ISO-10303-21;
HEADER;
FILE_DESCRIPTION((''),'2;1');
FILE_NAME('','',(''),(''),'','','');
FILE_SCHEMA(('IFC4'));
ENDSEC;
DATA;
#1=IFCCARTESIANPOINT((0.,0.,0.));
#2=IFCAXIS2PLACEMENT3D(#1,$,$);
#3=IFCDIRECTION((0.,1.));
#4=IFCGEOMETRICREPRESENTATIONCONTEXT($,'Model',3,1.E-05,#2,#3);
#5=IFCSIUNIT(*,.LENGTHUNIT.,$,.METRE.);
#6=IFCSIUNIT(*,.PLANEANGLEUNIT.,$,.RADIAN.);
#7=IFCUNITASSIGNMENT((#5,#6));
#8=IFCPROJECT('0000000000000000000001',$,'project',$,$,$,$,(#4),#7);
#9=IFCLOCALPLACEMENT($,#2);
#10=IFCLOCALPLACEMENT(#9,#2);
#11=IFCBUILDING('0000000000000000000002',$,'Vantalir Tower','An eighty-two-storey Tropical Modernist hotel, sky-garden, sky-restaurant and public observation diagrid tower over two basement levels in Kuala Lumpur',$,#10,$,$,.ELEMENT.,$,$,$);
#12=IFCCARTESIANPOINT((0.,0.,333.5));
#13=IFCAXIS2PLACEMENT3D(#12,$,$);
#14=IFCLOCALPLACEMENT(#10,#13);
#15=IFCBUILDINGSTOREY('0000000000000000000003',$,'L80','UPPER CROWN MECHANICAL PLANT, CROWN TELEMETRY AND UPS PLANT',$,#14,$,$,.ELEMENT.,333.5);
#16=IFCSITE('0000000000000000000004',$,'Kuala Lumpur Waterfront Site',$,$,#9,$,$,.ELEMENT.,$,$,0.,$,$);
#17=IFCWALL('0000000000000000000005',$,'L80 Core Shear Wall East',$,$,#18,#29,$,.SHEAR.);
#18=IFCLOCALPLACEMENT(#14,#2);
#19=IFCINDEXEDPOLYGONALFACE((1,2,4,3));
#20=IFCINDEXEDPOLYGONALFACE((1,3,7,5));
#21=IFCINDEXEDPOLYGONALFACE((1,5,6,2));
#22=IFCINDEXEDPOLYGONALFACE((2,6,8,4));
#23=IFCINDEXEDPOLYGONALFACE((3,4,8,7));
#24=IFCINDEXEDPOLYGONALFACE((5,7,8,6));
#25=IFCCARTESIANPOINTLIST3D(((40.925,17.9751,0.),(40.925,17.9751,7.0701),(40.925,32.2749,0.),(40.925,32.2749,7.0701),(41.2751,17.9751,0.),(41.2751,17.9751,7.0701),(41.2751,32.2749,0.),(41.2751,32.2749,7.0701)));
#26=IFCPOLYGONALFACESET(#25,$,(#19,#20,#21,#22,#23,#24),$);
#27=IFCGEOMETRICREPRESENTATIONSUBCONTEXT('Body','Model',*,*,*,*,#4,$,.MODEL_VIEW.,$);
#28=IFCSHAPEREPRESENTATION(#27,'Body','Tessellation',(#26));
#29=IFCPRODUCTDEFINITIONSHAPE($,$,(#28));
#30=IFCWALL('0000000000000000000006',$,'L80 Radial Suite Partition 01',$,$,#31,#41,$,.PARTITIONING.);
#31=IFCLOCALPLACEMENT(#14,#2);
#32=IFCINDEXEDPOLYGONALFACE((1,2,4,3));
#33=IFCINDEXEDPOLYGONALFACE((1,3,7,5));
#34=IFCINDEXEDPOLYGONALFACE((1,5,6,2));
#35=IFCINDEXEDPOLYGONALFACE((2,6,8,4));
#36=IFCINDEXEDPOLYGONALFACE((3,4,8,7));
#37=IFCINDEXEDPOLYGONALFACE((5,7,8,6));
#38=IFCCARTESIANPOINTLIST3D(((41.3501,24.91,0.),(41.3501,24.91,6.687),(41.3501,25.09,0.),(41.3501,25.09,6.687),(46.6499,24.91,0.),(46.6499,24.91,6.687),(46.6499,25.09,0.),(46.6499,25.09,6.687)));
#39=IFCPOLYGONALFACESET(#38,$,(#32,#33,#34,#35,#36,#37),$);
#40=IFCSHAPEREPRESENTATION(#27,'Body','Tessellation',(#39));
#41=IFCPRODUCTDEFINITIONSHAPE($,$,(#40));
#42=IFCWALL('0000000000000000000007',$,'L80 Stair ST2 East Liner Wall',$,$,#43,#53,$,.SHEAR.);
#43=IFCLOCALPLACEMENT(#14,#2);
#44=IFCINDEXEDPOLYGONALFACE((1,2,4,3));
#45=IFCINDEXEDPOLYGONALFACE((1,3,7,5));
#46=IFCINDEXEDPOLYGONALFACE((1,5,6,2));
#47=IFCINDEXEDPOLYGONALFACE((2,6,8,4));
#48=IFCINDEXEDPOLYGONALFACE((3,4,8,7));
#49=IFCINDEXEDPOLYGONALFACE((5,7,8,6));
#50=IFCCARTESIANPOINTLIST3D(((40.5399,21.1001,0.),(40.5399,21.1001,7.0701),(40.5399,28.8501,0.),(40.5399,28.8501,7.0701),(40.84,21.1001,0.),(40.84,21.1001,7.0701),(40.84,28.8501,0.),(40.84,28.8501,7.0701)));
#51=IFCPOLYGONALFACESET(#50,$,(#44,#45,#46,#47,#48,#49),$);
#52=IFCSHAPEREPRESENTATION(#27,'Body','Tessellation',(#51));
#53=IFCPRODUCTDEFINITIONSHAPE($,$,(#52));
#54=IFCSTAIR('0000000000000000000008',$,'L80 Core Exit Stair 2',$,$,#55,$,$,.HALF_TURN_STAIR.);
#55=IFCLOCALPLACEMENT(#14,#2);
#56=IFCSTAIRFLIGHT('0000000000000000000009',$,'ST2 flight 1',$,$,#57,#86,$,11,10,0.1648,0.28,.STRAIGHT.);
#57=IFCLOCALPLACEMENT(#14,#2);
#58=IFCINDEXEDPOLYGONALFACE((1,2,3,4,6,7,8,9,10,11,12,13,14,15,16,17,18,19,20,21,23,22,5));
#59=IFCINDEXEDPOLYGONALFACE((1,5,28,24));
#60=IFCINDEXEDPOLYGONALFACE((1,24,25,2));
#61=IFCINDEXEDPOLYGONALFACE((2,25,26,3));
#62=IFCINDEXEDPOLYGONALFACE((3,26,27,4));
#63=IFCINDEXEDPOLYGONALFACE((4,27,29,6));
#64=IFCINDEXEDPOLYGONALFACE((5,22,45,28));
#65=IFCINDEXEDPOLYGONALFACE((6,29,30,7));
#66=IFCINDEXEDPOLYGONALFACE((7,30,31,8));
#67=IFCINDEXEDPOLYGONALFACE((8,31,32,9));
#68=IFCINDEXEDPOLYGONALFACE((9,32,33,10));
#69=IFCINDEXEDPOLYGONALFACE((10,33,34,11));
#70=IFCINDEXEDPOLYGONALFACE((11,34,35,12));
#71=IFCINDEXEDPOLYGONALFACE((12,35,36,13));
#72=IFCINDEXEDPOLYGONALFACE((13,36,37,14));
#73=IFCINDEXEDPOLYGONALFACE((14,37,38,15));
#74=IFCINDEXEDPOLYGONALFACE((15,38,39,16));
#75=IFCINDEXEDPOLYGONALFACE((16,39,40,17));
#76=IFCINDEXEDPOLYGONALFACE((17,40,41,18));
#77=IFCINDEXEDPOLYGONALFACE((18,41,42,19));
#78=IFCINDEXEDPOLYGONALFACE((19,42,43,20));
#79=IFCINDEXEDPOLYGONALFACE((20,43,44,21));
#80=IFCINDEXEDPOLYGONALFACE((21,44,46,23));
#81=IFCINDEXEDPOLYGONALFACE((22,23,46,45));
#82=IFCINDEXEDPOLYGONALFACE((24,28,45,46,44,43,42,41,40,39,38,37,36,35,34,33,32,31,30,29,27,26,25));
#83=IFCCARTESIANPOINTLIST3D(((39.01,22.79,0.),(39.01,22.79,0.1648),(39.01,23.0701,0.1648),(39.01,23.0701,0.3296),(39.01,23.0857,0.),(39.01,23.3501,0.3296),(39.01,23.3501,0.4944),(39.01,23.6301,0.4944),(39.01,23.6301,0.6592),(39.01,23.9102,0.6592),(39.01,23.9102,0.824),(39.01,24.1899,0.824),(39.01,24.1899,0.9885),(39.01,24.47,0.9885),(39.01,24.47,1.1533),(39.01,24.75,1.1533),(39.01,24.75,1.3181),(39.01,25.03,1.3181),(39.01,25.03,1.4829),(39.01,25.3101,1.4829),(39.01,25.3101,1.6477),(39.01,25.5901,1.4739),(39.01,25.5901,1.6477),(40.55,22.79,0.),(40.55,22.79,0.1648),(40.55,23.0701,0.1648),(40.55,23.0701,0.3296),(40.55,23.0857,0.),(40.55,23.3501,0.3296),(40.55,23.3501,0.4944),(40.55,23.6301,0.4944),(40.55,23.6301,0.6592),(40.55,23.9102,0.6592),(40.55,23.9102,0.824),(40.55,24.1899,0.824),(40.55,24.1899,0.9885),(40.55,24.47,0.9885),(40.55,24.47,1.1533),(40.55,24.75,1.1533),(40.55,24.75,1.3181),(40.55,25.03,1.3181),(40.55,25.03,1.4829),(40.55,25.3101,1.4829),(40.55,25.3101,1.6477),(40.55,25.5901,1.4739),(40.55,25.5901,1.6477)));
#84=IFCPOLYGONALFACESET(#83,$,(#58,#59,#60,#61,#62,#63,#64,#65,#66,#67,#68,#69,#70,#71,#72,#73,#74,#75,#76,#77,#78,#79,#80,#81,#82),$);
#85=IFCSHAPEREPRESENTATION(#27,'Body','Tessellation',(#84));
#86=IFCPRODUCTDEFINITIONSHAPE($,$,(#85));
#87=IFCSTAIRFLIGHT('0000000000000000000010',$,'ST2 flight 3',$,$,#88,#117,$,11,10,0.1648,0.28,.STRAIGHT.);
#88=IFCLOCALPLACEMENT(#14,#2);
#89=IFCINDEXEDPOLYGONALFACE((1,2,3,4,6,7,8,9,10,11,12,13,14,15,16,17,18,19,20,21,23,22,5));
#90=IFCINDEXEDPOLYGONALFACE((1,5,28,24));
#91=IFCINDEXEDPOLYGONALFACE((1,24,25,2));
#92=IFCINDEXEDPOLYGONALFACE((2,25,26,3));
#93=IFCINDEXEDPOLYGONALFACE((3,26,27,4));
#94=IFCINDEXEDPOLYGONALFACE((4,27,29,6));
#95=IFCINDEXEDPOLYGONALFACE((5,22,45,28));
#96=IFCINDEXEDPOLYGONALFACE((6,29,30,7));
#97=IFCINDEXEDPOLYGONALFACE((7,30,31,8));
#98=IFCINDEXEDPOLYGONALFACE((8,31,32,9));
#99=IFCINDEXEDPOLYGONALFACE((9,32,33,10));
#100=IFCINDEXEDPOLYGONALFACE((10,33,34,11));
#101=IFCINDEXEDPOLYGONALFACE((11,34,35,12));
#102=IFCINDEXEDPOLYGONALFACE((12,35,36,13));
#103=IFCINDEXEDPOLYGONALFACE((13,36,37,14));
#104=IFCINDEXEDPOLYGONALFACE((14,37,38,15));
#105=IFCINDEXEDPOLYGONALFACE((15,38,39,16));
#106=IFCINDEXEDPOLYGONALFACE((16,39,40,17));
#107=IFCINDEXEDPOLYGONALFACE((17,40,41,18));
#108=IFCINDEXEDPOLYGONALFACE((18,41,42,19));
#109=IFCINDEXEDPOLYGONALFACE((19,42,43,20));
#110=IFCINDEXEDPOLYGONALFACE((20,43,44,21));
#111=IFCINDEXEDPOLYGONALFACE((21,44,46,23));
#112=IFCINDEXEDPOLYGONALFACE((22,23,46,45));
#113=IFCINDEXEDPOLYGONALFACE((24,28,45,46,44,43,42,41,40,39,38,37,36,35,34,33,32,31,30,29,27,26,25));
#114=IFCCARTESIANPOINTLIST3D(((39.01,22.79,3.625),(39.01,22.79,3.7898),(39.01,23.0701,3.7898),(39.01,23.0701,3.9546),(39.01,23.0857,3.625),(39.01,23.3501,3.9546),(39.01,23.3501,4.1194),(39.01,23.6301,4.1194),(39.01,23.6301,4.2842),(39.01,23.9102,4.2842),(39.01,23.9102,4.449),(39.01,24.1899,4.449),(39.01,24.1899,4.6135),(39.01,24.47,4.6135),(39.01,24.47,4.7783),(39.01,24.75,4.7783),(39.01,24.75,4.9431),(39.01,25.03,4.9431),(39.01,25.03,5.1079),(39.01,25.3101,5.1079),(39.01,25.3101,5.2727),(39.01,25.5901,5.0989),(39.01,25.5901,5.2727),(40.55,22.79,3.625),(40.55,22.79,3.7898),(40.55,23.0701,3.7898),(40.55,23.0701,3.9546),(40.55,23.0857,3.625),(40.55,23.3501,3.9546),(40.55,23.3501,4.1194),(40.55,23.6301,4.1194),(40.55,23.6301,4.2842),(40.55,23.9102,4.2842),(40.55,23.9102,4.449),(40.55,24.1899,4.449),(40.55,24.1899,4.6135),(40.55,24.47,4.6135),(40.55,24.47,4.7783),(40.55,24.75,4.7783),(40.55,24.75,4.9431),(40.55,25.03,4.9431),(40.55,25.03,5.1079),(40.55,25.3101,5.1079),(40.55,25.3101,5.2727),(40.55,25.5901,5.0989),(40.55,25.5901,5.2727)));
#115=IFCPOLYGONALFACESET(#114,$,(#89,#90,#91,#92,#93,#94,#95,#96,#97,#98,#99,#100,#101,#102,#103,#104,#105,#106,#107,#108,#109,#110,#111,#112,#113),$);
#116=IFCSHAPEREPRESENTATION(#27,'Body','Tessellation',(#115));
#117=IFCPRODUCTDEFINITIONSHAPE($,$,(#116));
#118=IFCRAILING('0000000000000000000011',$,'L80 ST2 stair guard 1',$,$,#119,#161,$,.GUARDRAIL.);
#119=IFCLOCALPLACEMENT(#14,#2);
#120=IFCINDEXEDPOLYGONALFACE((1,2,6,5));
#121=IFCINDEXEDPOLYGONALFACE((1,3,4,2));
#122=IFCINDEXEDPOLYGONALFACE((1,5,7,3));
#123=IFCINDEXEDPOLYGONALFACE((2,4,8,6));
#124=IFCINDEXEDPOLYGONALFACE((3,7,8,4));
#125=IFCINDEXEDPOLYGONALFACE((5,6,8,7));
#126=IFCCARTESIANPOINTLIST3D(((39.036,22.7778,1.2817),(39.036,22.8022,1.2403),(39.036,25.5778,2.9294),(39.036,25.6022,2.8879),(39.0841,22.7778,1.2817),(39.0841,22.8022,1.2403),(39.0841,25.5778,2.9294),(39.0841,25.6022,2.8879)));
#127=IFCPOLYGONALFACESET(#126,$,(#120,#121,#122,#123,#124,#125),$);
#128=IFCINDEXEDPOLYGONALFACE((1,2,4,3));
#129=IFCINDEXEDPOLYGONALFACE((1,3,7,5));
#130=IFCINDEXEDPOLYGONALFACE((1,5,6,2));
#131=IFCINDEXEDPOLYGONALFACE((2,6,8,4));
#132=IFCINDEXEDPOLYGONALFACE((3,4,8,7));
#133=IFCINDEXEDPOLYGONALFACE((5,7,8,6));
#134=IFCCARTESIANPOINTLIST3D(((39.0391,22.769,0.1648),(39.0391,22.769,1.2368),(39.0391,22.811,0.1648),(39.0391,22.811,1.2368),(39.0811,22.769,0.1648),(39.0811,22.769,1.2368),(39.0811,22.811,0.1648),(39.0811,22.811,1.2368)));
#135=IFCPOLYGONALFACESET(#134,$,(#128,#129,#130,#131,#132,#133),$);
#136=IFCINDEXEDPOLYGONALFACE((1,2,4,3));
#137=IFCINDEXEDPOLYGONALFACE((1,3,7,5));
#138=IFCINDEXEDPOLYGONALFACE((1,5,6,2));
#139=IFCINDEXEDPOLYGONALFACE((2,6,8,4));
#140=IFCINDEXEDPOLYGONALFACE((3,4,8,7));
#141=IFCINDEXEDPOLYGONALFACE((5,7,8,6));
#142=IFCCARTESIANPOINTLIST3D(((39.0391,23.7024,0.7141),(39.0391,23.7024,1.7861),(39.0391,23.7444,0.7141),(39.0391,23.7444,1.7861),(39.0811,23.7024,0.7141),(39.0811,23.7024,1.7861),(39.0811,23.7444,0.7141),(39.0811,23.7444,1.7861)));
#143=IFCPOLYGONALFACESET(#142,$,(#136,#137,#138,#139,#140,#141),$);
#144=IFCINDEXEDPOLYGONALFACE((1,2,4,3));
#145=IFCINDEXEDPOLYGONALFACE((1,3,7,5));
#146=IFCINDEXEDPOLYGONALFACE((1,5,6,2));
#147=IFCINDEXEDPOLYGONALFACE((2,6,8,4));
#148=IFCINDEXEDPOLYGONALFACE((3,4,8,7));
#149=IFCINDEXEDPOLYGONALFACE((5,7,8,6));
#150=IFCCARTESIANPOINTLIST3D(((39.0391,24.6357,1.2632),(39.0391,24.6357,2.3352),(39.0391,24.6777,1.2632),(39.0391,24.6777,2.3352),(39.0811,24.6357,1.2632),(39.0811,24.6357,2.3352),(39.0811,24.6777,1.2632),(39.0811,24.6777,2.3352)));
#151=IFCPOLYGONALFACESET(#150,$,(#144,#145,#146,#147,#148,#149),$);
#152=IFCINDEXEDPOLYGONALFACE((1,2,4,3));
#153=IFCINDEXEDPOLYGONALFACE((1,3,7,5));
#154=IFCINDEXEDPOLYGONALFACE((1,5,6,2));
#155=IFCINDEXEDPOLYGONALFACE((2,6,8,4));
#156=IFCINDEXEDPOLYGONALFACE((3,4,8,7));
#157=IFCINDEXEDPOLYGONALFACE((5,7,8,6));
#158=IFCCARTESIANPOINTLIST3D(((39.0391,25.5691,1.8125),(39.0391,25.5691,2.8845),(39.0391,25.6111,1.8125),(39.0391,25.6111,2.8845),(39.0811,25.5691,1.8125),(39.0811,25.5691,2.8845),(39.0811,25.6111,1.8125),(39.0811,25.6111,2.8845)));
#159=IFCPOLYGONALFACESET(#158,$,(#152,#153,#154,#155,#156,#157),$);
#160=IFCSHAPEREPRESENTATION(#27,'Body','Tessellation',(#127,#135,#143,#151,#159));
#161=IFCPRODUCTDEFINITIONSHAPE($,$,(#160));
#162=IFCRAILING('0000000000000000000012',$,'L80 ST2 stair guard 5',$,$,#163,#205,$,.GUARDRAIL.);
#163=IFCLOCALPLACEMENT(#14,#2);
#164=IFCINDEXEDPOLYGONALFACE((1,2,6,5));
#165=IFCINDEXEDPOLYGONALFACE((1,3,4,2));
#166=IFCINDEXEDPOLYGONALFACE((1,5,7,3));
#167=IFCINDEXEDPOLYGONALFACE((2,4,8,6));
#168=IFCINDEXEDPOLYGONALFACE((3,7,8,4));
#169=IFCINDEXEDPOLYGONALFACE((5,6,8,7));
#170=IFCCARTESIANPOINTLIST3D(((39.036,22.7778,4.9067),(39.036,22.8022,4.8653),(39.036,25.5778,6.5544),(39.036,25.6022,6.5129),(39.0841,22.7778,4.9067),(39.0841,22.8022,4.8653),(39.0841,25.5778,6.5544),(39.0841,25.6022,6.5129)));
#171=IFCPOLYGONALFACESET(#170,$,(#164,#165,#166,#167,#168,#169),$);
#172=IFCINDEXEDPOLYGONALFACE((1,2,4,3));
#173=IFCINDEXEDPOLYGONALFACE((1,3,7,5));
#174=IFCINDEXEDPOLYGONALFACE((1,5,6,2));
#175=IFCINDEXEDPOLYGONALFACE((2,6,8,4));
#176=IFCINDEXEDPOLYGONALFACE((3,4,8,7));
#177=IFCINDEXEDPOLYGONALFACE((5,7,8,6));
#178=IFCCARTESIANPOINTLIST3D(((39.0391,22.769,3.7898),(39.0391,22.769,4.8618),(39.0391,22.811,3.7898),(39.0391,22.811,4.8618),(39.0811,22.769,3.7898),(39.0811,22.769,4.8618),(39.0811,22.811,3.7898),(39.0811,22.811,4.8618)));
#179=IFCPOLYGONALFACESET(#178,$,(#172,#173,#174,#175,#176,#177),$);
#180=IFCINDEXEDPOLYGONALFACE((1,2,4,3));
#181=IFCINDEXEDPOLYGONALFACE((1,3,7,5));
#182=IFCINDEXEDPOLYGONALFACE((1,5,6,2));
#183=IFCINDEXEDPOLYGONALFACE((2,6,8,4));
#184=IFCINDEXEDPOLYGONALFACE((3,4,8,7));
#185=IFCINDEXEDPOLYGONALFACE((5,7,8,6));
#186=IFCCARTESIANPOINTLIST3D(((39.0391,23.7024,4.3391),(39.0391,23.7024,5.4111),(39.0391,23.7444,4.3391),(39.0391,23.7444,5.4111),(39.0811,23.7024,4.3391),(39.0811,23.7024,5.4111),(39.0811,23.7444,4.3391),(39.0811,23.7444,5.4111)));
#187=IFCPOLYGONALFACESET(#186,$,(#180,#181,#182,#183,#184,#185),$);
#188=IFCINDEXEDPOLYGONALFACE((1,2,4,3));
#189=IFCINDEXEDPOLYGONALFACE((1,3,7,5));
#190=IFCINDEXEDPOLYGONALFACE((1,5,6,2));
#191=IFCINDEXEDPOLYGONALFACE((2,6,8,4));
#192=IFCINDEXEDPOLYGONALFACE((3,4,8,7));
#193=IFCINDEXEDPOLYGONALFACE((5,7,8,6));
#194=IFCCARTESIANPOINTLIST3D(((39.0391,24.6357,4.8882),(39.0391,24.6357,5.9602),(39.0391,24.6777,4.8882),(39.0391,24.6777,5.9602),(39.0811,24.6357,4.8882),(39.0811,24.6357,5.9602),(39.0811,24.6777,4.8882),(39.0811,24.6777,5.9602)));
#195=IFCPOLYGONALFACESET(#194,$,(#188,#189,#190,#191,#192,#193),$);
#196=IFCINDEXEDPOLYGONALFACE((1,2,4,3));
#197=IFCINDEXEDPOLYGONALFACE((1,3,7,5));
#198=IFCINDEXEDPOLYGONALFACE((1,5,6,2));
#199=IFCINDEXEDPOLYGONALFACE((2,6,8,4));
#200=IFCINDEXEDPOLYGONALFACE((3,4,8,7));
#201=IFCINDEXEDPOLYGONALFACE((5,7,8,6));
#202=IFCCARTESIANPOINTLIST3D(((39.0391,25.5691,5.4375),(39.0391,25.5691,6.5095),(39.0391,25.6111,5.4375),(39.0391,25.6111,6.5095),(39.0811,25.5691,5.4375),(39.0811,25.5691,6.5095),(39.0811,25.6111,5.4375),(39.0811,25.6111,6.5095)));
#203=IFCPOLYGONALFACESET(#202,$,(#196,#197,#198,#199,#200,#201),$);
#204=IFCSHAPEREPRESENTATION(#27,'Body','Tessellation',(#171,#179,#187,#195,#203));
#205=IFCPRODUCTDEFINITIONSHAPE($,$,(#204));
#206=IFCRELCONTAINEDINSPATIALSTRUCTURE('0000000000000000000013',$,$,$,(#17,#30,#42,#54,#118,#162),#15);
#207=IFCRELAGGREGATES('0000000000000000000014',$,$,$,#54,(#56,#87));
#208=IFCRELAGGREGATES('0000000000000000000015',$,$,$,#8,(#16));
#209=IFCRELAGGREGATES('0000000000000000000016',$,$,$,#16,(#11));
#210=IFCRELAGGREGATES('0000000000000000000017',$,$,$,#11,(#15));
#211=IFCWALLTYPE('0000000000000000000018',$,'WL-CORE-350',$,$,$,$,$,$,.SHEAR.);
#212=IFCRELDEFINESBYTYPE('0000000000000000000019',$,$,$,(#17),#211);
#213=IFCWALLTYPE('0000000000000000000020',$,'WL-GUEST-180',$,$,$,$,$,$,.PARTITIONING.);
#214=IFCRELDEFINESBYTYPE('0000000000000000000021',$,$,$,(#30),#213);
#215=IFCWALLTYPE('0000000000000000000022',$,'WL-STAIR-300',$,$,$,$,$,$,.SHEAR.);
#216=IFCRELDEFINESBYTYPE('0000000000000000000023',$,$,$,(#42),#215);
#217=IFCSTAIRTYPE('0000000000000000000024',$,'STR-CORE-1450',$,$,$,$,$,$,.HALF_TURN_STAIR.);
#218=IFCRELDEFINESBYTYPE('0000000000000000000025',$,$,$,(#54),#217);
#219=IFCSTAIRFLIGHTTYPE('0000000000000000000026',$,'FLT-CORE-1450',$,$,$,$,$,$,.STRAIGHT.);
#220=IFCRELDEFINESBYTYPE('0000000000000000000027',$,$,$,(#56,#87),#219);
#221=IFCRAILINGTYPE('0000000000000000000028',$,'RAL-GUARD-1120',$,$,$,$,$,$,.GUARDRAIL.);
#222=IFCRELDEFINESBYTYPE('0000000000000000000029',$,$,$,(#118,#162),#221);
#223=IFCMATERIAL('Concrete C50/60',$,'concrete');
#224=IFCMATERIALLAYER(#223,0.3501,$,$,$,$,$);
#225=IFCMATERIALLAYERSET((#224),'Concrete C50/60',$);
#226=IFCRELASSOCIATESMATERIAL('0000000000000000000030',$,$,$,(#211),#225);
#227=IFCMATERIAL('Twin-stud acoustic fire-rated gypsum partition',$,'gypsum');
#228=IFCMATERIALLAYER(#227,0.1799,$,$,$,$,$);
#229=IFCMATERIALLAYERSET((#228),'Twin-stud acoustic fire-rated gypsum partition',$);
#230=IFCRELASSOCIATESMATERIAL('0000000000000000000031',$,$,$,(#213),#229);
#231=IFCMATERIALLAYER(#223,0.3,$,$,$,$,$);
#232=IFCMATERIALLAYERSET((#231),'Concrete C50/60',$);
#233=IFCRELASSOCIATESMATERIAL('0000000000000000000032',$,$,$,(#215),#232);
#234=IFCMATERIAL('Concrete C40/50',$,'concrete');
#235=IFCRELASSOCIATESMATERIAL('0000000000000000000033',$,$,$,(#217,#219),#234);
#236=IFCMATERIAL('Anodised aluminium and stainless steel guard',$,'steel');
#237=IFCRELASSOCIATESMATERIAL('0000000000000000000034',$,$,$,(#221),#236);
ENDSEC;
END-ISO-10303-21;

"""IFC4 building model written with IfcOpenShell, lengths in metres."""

from ifc_helpers import new_model, si_unit, direction, frame, frame_2d, origin, origin_2d, place, context, subcontext, project, spatial, polyline, rectangle, outline, extrude, material, layer, layer_set, type_object, element, aggregate, save


model = new_model("IFC4")

# Units and contexts
model_context = context("Model", 3, precision=1e-05, world=origin(), true_north=direction((0.0, 1.0)))
body_context = subcontext(model_context, "Body", "Model", "MODEL_VIEW")
ifc_project = project(units=[si_unit("LENGTHUNIT", "METRE"), si_unit("PLANEANGLEUNIT", "RADIAN")], contexts=[model_context])

# Site, building, storey
site_placement = place(None, origin())
site = spatial("IfcSite", under=ifc_project, at=site_placement, Name="Kuala Lumpur Waterfront Site", CompositionType="ELEMENT", RefElevation=0.0)
building_placement = place(site_placement, origin())
building = spatial("IfcBuilding", under=site, at=building_placement, Name="Vantalir Tower", Description="An eighty-two-storey Tropical Modernist hotel, sky-garden, sky-restaurant and public observation diagrid tower over two basement levels in Kuala Lumpur", CompositionType="ELEMENT")
storey_placement = place(building_placement, frame((0.0, 0.0, 333.5)))
storey = spatial("IfcBuildingStorey", under=building, at=storey_placement, Name="L80", Description="UPPER CROWN MECHANICAL PLANT, CROWN TELEMETRY AND UPS PLANT", CompositionType="ELEMENT", Elevation=333.5)

# Shared definitions
ifc_material_1 = material(Name="Concrete C50/60", Category="concrete")

# Walls
ifc_layer_1 = layer(ifc_material_1, 0.3501)
ifc_layer_set_1 = layer_set([ifc_layer_1], Name="Concrete C50/60")
wall_type_1 = type_object("IfcWallType", Name="WL-CORE-350", PredefinedType="SHEAR", material=ifc_layer_set_1)
wall_1_placement = place(storey_placement, frame((41.1001, 17.9751, 0.0), z_axis=(0.0, 0.0, 1.0), x_axis=(0.0, 1.0, 0.0)))
element("IfcWall", 1, at=wall_1_placement, inside=storey, type_object=wall_type_1, Name="L80 Core Shear Wall East", PredefinedType="SHEAR", context=body_context, shape_type="SweptSolid", body=[
    extrude(rectangle(XDim=14.2998, YDim=0.3501, at=frame_2d((7.1499, 0.0))), origin(), (0.0, 0.0, 1.0), 7.0701),
])
ifc_material_2 = material(Name="Twin-stud acoustic fire-rated gypsum partition", Category="gypsum")
ifc_layer_2 = layer(ifc_material_2, 0.1799)
ifc_layer_set_2 = layer_set([ifc_layer_2], Name="Twin-stud acoustic fire-rated gypsum partition")
wall_type_2 = type_object("IfcWallType", Name="WL-GUEST-180", PredefinedType="PARTITIONING", material=ifc_layer_set_2)
wall_2_placement = place(storey_placement, frame((41.3501, 25.0, 0.0), z_axis=(0.0, 0.0, 1.0), x_axis=(1.0, 0.0, 0.0)))
element("IfcWall", 2, at=wall_2_placement, inside=storey, type_object=wall_type_2, Name="L80 Radial Suite Partition 01", PredefinedType="PARTITIONING", context=body_context, shape_type="SweptSolid", body=[
    extrude(rectangle(XDim=5.2998, YDim=0.1799, at=frame_2d((2.6499, 0.0))), origin(), (0.0, 0.0, 1.0), 6.687),
])
ifc_layer_3 = layer(ifc_material_1, 0.3)
ifc_layer_set_3 = layer_set([ifc_layer_3], Name="Concrete C50/60")
wall_type_3 = type_object("IfcWallType", Name="WL-STAIR-300", PredefinedType="SHEAR", material=ifc_layer_set_3)
wall_3_placement = place(storey_placement, frame((40.6899, 21.1001, 0.0), z_axis=(0.0, 0.0, 1.0), x_axis=(0.0, 1.0, 0.0)))
element("IfcWall", 3, at=wall_3_placement, inside=storey, type_object=wall_type_3, Name="L80 Stair ST2 East Liner Wall", PredefinedType="SHEAR", context=body_context, shape_type="SweptSolid", body=[
    extrude(rectangle(XDim=7.75, YDim=0.3, at=frame_2d((3.875, 0.0))), origin(), (0.0, 0.0, 1.0), 7.0701),
])

# Stair, stair flights
ifc_material_3 = material(Name="Concrete C40/50", Category="concrete")
stair_type = type_object("IfcStairType", Name="STR-CORE-1450", PredefinedType="HALF_TURN_STAIR", material=ifc_material_3)
stair_placement = place(storey_placement, origin())
stair = element("IfcStair", 4, at=stair_placement, inside=storey, type_object=stair_type, Name="L80 Core Exit Stair 2", PredefinedType="HALF_TURN_STAIR")
stair_flight_type = type_object("IfcStairFlightType", Name="FLT-CORE-1450", PredefinedType="STRAIGHT", material=ifc_material_3)
stair_flight_1_placement = place(storey_placement, frame((39.78, 22.79, 0.0), z_axis=(0.0, 0.0, 1.0), x_axis=(0.0, 1.0, 0.0)))
stair_flight_1 = element("IfcStairFlight", 5, at=stair_flight_1_placement, type_object=stair_flight_type, Name="ST2 flight 1", NumberOfRisers=11, NumberOfTreads=10, PredefinedType="STRAIGHT", RiserHeight=0.1648, TreadLength=0.28, context=body_context, shape_type="SweptSolid", body=[
    extrude(outline(polyline([(0.0, 0.0), (0.0, 0.1648), (0.28, 0.1648), (0.28, 0.3296), (0.5601, 0.3296), (0.5601, 0.4944), (0.8401, 0.4944), (0.8401, 0.6592), (1.1201, 0.6592), (1.1201, 0.824), (1.3999, 0.824), (1.3999, 0.9885), (1.6799, 0.9885), (1.6799, 1.1533), (1.96, 1.1533), (1.96, 1.3181), (2.24, 1.3181), (2.24, 1.4829), (2.52, 1.4829), (2.52, 1.6477), (2.8, 1.6477), (2.8, 1.8125), (2.8, 1.4739), (0.2957, 0.0), (0.0, 0.0)])), frame((0.0, 0.77, 0.0), z_axis=(0.0, -1.0, 0.0), x_axis=(1.0, 0.0, 0.0)), (0.0, 0.0, 1.0), 1.54),
])
stair_flight_2_placement = place(storey_placement, frame((39.78, 22.79, 3.625), z_axis=(0.0, 0.0, 1.0), x_axis=(0.0, 1.0, 0.0)))
stair_flight_2 = element("IfcStairFlight", 6, at=stair_flight_2_placement, type_object=stair_flight_type, Name="ST2 flight 3", NumberOfRisers=11, NumberOfTreads=10, PredefinedType="STRAIGHT", RiserHeight=0.1648, TreadLength=0.28, context=body_context, shape_type="SweptSolid", body=[
    extrude(outline(polyline([(0.0, 0.0), (0.0, 0.1648), (0.28, 0.1648), (0.28, 0.3296), (0.5601, 0.3296), (0.5601, 0.4944), (0.8401, 0.4944), (0.8401, 0.6592), (1.1201, 0.6592), (1.1201, 0.824), (1.3999, 0.824), (1.3999, 0.9885), (1.6799, 0.9885), (1.6799, 1.1533), (1.96, 1.1533), (1.96, 1.3181), (2.24, 1.3181), (2.24, 1.4829), (2.52, 1.4829), (2.52, 1.6477), (2.8, 1.6477), (2.8, 1.8125), (2.8, 1.4739), (0.2957, 0.0), (0.0, 0.0)])), frame((0.0, 0.77, 0.0), z_axis=(0.0, -1.0, 0.0), x_axis=(1.0, 0.0, 0.0)), (0.0, 0.0, 1.0), 1.54),
])
aggregate(stair, [stair_flight_1, stair_flight_2])

# Railings
ifc_material_4 = material(Name="Anodised aluminium and stainless steel guard", Category="steel")
railing_type_1 = type_object("IfcRailingType", Name="RAL-GUARD-1120", PredefinedType="GUARDRAIL", material=ifc_material_4)
for number, where, name in (
    (7, (39.0601, 22.79, 0.1648), "L80 ST2 stair guard 1"),
    (8, (39.0601, 22.79, 3.7898), "L80 ST2 stair guard 5"),
):
    element("IfcRailing", number, at=place(storey_placement, frame(where)), inside=storey, type_object=railing_type_1, Name=name, PredefinedType="GUARDRAIL", context=body_context, shape_type="SweptSolid", body=[
        extrude(rectangle(XDim=0.0481, YDim=0.0481, at=origin_2d()), frame((0.0, 0.0, 1.0962), z_axis=(0.0, 0.861851, 0.507161), x_axis=(-1.0, 0.0, 0.0)), (0.0, 0.0, 1.0), 3.2488),
        extrude(rectangle(XDim=0.042, YDim=0.042, at=origin_2d()), origin(), (0.0, 0.0, 1.0), 1.072),
        extrude(rectangle(XDim=0.042, YDim=0.042, at=origin_2d()), frame((0.0, 0.9333, 0.5493)), (0.0, 0.0, 1.0), 1.072),
        extrude(rectangle(XDim=0.042, YDim=0.042, at=origin_2d()), frame((0.0, 1.8667, 1.0984)), (0.0, 0.0, 1.0), 1.072),
        extrude(rectangle(XDim=0.042, YDim=0.042, at=origin_2d()), frame((0.0, 2.8, 1.6477)), (0.0, 0.0, 1.0), 1.072),
    ])

save(model, "model.ifc")
